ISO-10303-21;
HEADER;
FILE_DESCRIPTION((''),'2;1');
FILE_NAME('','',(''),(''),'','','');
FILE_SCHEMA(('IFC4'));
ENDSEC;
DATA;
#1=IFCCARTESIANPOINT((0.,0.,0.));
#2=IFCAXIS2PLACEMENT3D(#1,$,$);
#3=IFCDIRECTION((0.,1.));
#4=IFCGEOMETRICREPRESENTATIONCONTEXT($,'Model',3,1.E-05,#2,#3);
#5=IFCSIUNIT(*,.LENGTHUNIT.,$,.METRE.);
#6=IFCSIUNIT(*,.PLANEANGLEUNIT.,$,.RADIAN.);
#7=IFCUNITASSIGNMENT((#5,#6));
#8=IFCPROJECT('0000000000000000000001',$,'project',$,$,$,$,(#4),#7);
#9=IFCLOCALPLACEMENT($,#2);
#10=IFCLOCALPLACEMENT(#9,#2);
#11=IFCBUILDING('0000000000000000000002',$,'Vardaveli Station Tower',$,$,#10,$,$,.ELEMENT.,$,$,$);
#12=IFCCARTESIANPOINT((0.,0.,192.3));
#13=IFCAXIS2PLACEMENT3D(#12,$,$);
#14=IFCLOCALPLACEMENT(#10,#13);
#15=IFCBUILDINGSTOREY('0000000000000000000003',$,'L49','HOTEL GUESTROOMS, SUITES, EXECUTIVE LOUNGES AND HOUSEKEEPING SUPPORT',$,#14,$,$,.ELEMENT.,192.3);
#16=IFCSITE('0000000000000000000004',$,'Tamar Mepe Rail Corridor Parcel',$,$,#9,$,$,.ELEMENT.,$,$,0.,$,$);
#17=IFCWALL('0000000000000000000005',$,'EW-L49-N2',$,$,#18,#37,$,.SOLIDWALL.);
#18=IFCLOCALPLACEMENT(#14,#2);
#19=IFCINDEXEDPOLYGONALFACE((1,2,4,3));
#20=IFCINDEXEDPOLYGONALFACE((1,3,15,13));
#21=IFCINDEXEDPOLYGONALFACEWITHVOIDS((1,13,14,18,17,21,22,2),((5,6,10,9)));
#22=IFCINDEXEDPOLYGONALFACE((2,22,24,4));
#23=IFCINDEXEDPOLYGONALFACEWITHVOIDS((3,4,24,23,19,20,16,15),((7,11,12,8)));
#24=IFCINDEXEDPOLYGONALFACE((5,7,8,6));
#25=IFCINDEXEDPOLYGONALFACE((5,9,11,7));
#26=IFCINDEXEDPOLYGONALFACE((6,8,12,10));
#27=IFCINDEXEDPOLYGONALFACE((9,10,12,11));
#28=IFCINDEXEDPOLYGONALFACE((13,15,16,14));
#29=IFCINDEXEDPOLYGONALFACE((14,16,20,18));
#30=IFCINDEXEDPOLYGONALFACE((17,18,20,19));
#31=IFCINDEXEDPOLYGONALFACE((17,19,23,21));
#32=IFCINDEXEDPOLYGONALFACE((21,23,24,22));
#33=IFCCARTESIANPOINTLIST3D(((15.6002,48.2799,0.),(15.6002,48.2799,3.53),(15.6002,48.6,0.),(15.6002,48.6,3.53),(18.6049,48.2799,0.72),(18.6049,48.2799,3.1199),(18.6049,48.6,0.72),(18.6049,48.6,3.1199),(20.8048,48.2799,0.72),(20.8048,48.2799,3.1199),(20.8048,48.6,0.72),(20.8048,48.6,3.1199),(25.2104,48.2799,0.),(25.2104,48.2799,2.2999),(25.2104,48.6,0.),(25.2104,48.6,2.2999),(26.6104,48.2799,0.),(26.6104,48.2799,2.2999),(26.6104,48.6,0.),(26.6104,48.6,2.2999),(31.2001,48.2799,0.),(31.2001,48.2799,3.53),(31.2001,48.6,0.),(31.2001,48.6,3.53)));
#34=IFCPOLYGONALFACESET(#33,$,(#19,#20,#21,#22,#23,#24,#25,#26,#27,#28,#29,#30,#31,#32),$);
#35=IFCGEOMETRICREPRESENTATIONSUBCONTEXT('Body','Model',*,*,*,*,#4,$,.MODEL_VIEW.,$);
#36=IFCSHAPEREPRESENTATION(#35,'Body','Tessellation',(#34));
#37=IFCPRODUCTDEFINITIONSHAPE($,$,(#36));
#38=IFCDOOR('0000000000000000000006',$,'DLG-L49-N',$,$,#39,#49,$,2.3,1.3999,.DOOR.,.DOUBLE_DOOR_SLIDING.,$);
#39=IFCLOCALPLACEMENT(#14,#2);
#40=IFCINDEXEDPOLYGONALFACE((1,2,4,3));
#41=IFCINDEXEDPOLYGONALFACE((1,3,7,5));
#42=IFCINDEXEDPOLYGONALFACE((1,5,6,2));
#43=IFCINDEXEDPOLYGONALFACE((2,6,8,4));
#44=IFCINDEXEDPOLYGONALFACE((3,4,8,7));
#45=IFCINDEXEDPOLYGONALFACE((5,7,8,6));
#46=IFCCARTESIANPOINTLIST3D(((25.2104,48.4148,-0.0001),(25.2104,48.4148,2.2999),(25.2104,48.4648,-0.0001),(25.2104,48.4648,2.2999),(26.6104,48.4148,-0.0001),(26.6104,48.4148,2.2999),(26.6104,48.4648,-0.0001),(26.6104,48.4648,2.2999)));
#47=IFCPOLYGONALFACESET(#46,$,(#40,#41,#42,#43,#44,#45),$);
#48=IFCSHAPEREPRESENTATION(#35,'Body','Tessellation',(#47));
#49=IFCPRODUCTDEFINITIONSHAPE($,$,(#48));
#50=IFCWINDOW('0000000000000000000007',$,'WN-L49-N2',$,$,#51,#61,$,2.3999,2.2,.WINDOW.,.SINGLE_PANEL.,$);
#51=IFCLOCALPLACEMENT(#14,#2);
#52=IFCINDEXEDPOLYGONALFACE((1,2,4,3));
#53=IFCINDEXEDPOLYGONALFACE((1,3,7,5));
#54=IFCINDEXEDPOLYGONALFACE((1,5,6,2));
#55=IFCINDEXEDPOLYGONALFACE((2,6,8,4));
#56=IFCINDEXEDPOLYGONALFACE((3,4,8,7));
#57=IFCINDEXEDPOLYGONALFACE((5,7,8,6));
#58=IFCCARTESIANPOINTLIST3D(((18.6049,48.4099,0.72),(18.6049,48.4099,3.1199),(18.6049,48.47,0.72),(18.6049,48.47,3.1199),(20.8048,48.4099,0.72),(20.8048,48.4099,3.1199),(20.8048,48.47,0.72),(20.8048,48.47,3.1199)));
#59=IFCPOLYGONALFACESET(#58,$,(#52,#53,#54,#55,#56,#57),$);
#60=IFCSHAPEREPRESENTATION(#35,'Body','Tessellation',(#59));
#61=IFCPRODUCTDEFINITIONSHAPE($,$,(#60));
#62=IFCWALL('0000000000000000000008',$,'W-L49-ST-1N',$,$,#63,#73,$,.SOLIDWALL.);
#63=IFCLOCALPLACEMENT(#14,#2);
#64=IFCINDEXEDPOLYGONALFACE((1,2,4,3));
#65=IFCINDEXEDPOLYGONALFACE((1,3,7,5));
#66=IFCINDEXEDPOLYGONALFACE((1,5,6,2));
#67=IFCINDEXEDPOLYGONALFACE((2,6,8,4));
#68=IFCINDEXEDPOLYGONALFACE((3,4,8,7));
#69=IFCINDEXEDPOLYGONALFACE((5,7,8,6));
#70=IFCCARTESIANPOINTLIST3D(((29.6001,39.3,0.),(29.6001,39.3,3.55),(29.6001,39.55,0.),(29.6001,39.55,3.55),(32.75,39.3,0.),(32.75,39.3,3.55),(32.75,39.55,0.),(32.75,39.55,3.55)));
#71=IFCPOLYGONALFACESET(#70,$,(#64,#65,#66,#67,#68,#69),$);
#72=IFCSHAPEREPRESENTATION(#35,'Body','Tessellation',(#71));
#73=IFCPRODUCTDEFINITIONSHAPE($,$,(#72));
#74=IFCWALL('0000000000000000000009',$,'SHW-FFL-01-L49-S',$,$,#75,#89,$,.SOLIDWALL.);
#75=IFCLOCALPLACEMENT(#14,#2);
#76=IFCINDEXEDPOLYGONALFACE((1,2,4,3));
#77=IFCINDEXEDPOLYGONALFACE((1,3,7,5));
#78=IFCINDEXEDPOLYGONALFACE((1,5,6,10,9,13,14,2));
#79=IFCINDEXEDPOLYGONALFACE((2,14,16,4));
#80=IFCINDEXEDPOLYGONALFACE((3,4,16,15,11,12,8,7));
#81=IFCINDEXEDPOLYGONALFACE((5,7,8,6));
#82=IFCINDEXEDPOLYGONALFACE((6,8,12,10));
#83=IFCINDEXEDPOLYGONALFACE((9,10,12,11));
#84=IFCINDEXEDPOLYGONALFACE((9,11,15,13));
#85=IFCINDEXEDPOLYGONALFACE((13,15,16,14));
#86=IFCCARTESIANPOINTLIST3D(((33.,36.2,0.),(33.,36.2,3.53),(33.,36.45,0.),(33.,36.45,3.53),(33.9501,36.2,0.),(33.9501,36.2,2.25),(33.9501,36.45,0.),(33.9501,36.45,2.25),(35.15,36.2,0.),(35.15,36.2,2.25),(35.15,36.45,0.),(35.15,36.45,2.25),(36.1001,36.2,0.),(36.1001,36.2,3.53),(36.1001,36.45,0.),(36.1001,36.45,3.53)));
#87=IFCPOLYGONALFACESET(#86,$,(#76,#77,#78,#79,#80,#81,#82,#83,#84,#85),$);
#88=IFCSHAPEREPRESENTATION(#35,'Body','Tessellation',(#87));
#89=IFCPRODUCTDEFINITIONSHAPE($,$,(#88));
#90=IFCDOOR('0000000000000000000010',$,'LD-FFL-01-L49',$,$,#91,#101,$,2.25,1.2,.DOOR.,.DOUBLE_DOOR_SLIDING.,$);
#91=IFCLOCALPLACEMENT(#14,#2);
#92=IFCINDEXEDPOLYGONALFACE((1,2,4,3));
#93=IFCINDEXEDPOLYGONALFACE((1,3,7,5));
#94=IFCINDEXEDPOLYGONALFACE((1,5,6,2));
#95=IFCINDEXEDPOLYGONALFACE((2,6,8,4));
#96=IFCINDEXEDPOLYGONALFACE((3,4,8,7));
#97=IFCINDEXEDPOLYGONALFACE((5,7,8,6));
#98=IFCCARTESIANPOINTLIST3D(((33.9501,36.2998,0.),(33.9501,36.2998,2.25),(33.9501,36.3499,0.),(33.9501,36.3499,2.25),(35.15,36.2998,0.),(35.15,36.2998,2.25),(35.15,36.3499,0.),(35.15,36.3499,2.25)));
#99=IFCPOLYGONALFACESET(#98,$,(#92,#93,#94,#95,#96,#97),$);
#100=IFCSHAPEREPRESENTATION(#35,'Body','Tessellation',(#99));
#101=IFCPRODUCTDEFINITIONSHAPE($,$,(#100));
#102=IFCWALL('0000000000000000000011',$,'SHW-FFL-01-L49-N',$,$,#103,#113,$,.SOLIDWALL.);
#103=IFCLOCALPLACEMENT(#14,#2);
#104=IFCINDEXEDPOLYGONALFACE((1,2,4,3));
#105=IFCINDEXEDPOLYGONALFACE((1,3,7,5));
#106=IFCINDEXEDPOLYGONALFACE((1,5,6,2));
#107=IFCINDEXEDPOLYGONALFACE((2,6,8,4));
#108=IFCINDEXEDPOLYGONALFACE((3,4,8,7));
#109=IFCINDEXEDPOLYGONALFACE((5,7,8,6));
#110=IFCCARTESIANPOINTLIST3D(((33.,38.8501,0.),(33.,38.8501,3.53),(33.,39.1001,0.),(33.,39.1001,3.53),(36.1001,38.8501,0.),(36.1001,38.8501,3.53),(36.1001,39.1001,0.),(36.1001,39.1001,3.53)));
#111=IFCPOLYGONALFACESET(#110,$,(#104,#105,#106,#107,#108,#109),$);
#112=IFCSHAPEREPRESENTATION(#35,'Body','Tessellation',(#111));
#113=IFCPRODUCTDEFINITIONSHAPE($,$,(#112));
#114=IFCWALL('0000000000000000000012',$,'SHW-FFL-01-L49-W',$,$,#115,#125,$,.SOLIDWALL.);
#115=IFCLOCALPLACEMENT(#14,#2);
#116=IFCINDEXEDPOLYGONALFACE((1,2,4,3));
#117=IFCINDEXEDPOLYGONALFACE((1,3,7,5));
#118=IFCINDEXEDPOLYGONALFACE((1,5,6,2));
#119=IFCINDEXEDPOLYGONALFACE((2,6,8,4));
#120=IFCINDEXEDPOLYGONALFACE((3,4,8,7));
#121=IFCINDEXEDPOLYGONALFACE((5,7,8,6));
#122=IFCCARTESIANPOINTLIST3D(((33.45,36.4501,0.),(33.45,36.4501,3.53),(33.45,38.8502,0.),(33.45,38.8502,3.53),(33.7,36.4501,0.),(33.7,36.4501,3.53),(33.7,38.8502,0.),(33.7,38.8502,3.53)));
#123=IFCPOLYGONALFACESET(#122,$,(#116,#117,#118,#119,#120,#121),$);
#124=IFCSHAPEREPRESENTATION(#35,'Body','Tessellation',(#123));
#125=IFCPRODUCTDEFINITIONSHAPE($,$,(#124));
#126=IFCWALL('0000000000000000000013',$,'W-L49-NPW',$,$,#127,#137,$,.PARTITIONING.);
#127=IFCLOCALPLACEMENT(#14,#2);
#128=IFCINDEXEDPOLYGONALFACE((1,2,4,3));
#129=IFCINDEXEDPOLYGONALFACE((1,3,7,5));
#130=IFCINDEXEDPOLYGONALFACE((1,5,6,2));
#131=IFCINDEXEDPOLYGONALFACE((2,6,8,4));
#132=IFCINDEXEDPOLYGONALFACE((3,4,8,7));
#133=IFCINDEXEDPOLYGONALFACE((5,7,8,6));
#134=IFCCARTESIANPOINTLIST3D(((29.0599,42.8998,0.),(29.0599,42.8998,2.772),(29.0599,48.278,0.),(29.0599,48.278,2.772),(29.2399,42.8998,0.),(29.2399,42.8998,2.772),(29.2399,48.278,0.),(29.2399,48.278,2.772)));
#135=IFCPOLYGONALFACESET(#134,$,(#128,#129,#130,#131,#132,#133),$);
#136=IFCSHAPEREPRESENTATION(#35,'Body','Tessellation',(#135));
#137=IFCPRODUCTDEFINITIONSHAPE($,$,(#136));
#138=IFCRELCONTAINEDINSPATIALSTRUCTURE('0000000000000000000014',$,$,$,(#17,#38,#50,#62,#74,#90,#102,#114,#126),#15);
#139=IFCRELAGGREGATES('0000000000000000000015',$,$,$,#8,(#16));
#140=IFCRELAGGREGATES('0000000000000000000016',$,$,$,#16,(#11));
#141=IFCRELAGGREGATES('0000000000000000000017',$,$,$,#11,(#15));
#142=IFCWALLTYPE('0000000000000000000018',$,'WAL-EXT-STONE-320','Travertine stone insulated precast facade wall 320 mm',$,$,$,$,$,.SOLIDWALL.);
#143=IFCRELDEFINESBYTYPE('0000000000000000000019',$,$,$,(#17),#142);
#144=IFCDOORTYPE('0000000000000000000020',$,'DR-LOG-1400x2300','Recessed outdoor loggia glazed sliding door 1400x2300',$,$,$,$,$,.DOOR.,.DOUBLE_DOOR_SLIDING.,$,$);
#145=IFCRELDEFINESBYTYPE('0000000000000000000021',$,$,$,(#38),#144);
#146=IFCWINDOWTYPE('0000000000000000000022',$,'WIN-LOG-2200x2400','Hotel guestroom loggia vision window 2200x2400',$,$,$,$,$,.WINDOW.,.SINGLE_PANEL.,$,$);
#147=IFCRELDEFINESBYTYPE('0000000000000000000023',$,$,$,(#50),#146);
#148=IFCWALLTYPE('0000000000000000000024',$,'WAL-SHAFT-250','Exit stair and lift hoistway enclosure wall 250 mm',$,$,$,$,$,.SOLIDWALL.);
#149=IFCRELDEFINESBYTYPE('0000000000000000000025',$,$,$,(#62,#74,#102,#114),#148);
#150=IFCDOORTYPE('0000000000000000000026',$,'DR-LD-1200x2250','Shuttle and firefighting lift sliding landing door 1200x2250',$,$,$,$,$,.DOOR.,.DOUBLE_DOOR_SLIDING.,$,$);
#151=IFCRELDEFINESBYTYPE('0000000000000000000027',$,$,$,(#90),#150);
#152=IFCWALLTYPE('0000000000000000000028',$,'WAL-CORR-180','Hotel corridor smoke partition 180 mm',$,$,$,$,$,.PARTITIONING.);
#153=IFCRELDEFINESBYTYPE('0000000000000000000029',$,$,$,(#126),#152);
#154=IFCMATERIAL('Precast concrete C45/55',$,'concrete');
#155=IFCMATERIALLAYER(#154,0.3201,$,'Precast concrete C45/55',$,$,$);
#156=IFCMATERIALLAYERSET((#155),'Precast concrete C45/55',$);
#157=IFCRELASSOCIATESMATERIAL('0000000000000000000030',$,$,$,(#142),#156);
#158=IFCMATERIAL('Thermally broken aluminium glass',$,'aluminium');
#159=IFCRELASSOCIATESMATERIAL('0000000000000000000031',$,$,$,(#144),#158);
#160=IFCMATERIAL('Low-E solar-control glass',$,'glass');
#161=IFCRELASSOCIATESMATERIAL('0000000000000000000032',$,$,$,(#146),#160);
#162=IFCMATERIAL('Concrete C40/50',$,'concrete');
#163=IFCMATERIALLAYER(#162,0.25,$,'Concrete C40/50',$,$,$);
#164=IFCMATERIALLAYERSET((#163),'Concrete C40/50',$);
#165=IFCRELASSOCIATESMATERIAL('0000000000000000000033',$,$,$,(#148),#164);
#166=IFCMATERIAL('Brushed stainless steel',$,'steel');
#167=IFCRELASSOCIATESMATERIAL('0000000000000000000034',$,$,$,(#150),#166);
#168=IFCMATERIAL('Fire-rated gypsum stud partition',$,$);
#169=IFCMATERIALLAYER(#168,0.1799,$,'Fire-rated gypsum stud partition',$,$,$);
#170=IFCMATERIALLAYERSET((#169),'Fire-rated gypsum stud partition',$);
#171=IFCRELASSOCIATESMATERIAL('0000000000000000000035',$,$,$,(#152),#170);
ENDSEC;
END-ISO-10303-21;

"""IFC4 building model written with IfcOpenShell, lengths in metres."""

from ifc_helpers import new_model, si_unit, direction, frame, frame_2d, origin, place, context, subcontext, project, spatial, rectangle, extrude, source, transform, mapped, material, layer, layer_set, type_object, element, fill, save


model = new_model("IFC4")

# Units and contexts
model_context = context("Model", 3, precision=1e-05, world=origin(), true_north=direction((0.0, 1.0)))
body_context = subcontext(model_context, "Body", "Model", "MODEL_VIEW")
ifc_project = project(units=[si_unit("LENGTHUNIT", "METRE"), si_unit("PLANEANGLEUNIT", "RADIAN")], contexts=[model_context])

# Site, building, storey
site_placement = place(None, origin())
site = spatial("IfcSite", under=ifc_project, at=site_placement, Name="Tamar Mepe Rail Corridor Parcel", CompositionType="ELEMENT", RefElevation=0.0)
building_placement = place(site_placement, origin())
building = spatial("IfcBuilding", under=site, at=building_placement, Name="Vardaveli Station Tower", CompositionType="ELEMENT")
storey_placement = place(building_placement, frame((0.0, 0.0, 192.3)))
storey = spatial("IfcBuildingStorey", under=building, at=storey_placement, Name="L49", Description="HOTEL GUESTROOMS, SUITES, EXECUTIVE LOUNGES AND HOUSEKEEPING SUPPORT", CompositionType="ELEMENT", Elevation=192.3)

# Shared definitions
ifc_material_1 = material(Name="Precast concrete C45/55", Category="concrete")

# Wall, openings, door, window
ifc_layer_1 = layer(ifc_material_1, 0.3201, Name="Precast concrete C45/55")
ifc_layer_set_1 = layer_set([ifc_layer_1], Name="Precast concrete C45/55")
wall_type_1 = type_object("IfcWallType", Name="WAL-EXT-STONE-320", Description="Travertine stone insulated precast facade wall 320 mm", PredefinedType="SOLIDWALL", material=ifc_layer_set_1)
shared_shape_1 = source(origin(), body_context, "Body", "SweptSolid", [
    extrude(rectangle(XDim=15.5999, YDim=0.3201, at=frame_2d((7.7998, 0.0))), origin(), (0.0, 0.0, 1.0), 3.53),
])
wall_1_placement = place(storey_placement, frame((31.2, 48.4399, 0.0), z_axis=(0.0, 0.0, 1.0), x_axis=(-1.0, 0.0, 0.0)))
wall_1 = element("IfcWall", 1, at=wall_1_placement, inside=storey, type_object=wall_type_1, Name="EW-L49-N2", PredefinedType="SOLIDWALL", context=body_context, shape_type="MappedRepresentation", body=[
    mapped(shared_shape_1, transform((0.0, 0.0, 0.0), scale=1.0)),
])
shared_shape_2 = source(origin(), body_context, "Body", "SweptSolid", [
    extrude(rectangle(XDim=1.3999, YDim=2.3, at=frame_2d((0.7, 1.1499))), frame((0.0, 0.1699, 0.0), z_axis=(0.0, -1.0, 0.0), x_axis=(1.0, 0.0, 0.0)), (0.0, 0.0, 1.0), 0.3401),
])
opening_1_placement = place(wall_1_placement, frame((4.5896, 0.0, 0.0)))
opening_1 = element("IfcOpeningElement", 2, at=opening_1_placement, cuts=wall_1, PredefinedType="OPENING", context=body_context, shape_type="MappedRepresentation", body=[
    mapped(shared_shape_2, transform((0.0, 0.0, 0.0), scale=1.0)),
])
shared_shape_3 = source(origin(), body_context, "Body", "SweptSolid", [
    extrude(rectangle(XDim=2.2, YDim=2.3999, at=frame_2d((1.1001, 1.2))), frame((0.0, 0.1699, 0.0), z_axis=(0.0, -1.0, 0.0), x_axis=(1.0, 0.0, 0.0)), (0.0, 0.0, 1.0), 0.3401),
])
opening_2_placement = place(wall_1_placement, frame((10.395, 0.0, 0.72)))
opening_2 = element("IfcOpeningElement", 3, at=opening_2_placement, cuts=wall_1, PredefinedType="OPENING", context=body_context, shape_type="MappedRepresentation", body=[
    mapped(shared_shape_3, transform((0.0, 0.0, 0.0), scale=1.0)),
])
ifc_material_2 = material(Name="Thermally broken aluminium glass", Category="aluminium")
door_type_1 = type_object("IfcDoorType", Name="DR-LOG-1400x2300", Description="Recessed outdoor loggia glazed sliding door 1400x2300", OperationType="DOUBLE_DOOR_SLIDING", PredefinedType="DOOR", material=ifc_material_2)
shared_shape_4 = source(origin(), body_context, "Body", "SweptSolid", [
    extrude(rectangle(XDim=1.3999, YDim=2.3, at=frame_2d((0.7, 1.1499))), frame((0.0, 0.0249, 0.0), z_axis=(0.0, -1.0, 0.0), x_axis=(1.0, 0.0, 0.0)), (0.0, 0.0, 1.0), 0.05),
])
door_1_placement = place(opening_1_placement, frame((1.3999, 0.0, 0.0), z_axis=(0.0, 0.0, 1.0), x_axis=(-1.0, 0.0, 0.0)))
door_1 = element("IfcDoor", 4, at=door_1_placement, inside=storey, type_object=door_type_1, Name="DLG-L49-N", OperationType="DOUBLE_DOOR_SLIDING", OverallHeight=2.3, OverallWidth=1.3999, PredefinedType="DOOR", context=body_context, shape_type="MappedRepresentation", body=[
    mapped(shared_shape_4, transform((0.0, 0.0, 0.0), scale=1.0)),
])
fill(opening_1, door_1)
ifc_material_3 = material(Name="Low-E solar-control glass", Category="glass")
window_type = type_object("IfcWindowType", Name="WIN-LOG-2200x2400", Description="Hotel guestroom loggia vision window 2200x2400", PartitioningType="SINGLE_PANEL", PredefinedType="WINDOW", material=ifc_material_3)
shared_shape_5 = source(origin(), body_context, "Body", "SweptSolid", [
    extrude(rectangle(XDim=2.2, YDim=2.3999, at=frame_2d((1.1001, 1.2))), frame((0.0, 0.03, 0.0), z_axis=(0.0, -1.0, 0.0), x_axis=(1.0, 0.0, 0.0)), (0.0, 0.0, 1.0), 0.0601),
])
window_placement = place(opening_2_placement, origin())
window = element("IfcWindow", 5, at=window_placement, inside=storey, type_object=window_type, Name="WN-L49-N2", OverallHeight=2.3999, OverallWidth=2.2, PartitioningType="SINGLE_PANEL", PredefinedType="WINDOW", context=body_context, shape_type="MappedRepresentation", body=[
    mapped(shared_shape_5, transform((0.0, 0.0, 0.0), scale=1.0)),
])
fill(opening_2, window)

# Wall
ifc_material_4 = material(Name="Concrete C40/50", Category="concrete")
ifc_layer_2 = layer(ifc_material_4, 0.25, Name="Concrete C40/50")
ifc_layer_set_2 = layer_set([ifc_layer_2], Name="Concrete C40/50")
wall_type_2 = type_object("IfcWallType", Name="WAL-SHAFT-250", Description="Exit stair and lift hoistway enclosure wall 250 mm", PredefinedType="SOLIDWALL", material=ifc_layer_set_2)
shared_shape_6 = source(origin(), body_context, "Body", "SweptSolid", [
    extrude(rectangle(XDim=3.1499, YDim=0.25, at=frame_2d((1.575, 0.0))), origin(), (0.0, 0.0, 1.0), 3.55),
])
wall_2_placement = place(storey_placement, frame((29.6001, 39.425, 0.0), z_axis=(0.0, 0.0, 1.0), x_axis=(1.0, 0.0, 0.0)))
element("IfcWall", 6, at=wall_2_placement, inside=storey, type_object=wall_type_2, Name="W-L49-ST-1N", PredefinedType="SOLIDWALL", context=body_context, shape_type="MappedRepresentation", body=[
    mapped(shared_shape_6, transform((0.0, 0.0, 0.0), scale=1.0)),
])

# Wall, opening, door
shared_shape_7 = source(origin(), body_context, "Body", "SweptSolid", [
    extrude(rectangle(XDim=3.1001, YDim=0.25, at=frame_2d((1.55, 0.0))), origin(), (0.0, 0.0, 1.0), 3.53),
])
wall_3_placement = place(storey_placement, frame((33.0, 36.325, 0.0), z_axis=(0.0, 0.0, 1.0), x_axis=(1.0, 0.0, 0.0)))
wall_3 = element("IfcWall", 7, at=wall_3_placement, inside=storey, type_object=wall_type_2, Name="SHW-FFL-01-L49-S", PredefinedType="SOLIDWALL", context=body_context, shape_type="MappedRepresentation", body=[
    mapped(shared_shape_7, transform((0.0, 0.0, 0.0), scale=1.0)),
])
shared_shape_8 = source(origin(), body_context, "Body", "SweptSolid", [
    extrude(rectangle(XDim=1.2, YDim=2.25, at=frame_2d((0.6001, 1.125))), frame((0.0, 0.135, 0.0), z_axis=(0.0, -1.0, 0.0), x_axis=(1.0, 0.0, 0.0)), (0.0, 0.0, 1.0), 0.27),
])
opening_3_placement = place(wall_3_placement, frame((0.95, 0.0, 0.0)))
opening_3 = element("IfcOpeningElement", 8, at=opening_3_placement, cuts=wall_3, PredefinedType="OPENING", context=body_context, shape_type="MappedRepresentation", body=[
    mapped(shared_shape_8, transform((0.0, 0.0, 0.0), scale=1.0)),
])
ifc_material_5 = material(Name="Brushed stainless steel", Category="steel")
door_type_2 = type_object("IfcDoorType", Name="DR-LD-1200x2250", Description="Shuttle and firefighting lift sliding landing door 1200x2250", OperationType="DOUBLE_DOOR_SLIDING", PredefinedType="DOOR", material=ifc_material_5)
shared_shape_9 = source(origin(), body_context, "Body", "SweptSolid", [
    extrude(rectangle(XDim=1.2, YDim=2.25, at=frame_2d((0.6001, 1.125))), frame((0.0, 0.0249, 0.0), z_axis=(0.0, -1.0, 0.0), x_axis=(1.0, 0.0, 0.0)), (0.0, 0.0, 1.0), 0.05),
])
door_2_placement = place(opening_3_placement, origin())
door_2 = element("IfcDoor", 9, at=door_2_placement, inside=storey, type_object=door_type_2, Name="LD-FFL-01-L49", OperationType="DOUBLE_DOOR_SLIDING", OverallHeight=2.25, OverallWidth=1.2, PredefinedType="DOOR", context=body_context, shape_type="MappedRepresentation", body=[
    mapped(shared_shape_9, transform((0.0, 0.0, 0.0), scale=1.0)),
])
fill(opening_3, door_2)

# Walls
wall_4_placement = place(storey_placement, frame((33.0, 38.9751, 0.0), z_axis=(0.0, 0.0, 1.0), x_axis=(1.0, 0.0, 0.0)))
element("IfcWall", 10, at=wall_4_placement, inside=storey, type_object=wall_type_2, Name="SHW-FFL-01-L49-N", PredefinedType="SOLIDWALL", context=body_context, shape_type="MappedRepresentation", body=[
    mapped(shared_shape_7, transform((0.0, 0.0, 0.0), scale=1.0)),
])
shared_shape_10 = source(origin(), body_context, "Body", "SweptSolid", [
    extrude(rectangle(XDim=2.4001, YDim=0.25, at=frame_2d((1.2002, 0.0))), origin(), (0.0, 0.0, 1.0), 3.53),
])
wall_5_placement = place(storey_placement, frame((33.575, 36.45, 0.0), z_axis=(0.0, 0.0, 1.0), x_axis=(0.0, 1.0, 0.0)))
element("IfcWall", 11, at=wall_5_placement, inside=storey, type_object=wall_type_2, Name="SHW-FFL-01-L49-W", PredefinedType="SOLIDWALL", context=body_context, shape_type="MappedRepresentation", body=[
    mapped(shared_shape_10, transform((0.0, 0.0, 0.0), scale=1.0)),
])
ifc_material_6 = material(Name="Fire-rated gypsum stud partition")
ifc_layer_3 = layer(ifc_material_6, 0.1799, Name="Fire-rated gypsum stud partition")
ifc_layer_set_3 = layer_set([ifc_layer_3], Name="Fire-rated gypsum stud partition")
wall_type_3 = type_object("IfcWallType", Name="WAL-CORR-180", Description="Hotel corridor smoke partition 180 mm", PredefinedType="PARTITIONING", material=ifc_layer_set_3)
shared_shape_11 = source(origin(), body_context, "Body", "SweptSolid", [
    extrude(rectangle(XDim=5.3782, YDim=0.1799, at=frame_2d((2.689, 0.0))), origin(), (0.0, 0.0, 1.0), 2.772),
])
wall_6_placement = place(storey_placement, frame((29.1499, 42.8999, 0.0), z_axis=(0.0, 0.0, 1.0), x_axis=(0.0, 1.0, 0.0)))
element("IfcWall", 12, at=wall_6_placement, inside=storey, type_object=wall_type_3, Name="W-L49-NPW", PredefinedType="PARTITIONING", context=body_context, shape_type="MappedRepresentation", body=[
    mapped(shared_shape_11, transform((0.0, 0.0, 0.0), scale=1.0)),
])

save(model, "model.ifc")
